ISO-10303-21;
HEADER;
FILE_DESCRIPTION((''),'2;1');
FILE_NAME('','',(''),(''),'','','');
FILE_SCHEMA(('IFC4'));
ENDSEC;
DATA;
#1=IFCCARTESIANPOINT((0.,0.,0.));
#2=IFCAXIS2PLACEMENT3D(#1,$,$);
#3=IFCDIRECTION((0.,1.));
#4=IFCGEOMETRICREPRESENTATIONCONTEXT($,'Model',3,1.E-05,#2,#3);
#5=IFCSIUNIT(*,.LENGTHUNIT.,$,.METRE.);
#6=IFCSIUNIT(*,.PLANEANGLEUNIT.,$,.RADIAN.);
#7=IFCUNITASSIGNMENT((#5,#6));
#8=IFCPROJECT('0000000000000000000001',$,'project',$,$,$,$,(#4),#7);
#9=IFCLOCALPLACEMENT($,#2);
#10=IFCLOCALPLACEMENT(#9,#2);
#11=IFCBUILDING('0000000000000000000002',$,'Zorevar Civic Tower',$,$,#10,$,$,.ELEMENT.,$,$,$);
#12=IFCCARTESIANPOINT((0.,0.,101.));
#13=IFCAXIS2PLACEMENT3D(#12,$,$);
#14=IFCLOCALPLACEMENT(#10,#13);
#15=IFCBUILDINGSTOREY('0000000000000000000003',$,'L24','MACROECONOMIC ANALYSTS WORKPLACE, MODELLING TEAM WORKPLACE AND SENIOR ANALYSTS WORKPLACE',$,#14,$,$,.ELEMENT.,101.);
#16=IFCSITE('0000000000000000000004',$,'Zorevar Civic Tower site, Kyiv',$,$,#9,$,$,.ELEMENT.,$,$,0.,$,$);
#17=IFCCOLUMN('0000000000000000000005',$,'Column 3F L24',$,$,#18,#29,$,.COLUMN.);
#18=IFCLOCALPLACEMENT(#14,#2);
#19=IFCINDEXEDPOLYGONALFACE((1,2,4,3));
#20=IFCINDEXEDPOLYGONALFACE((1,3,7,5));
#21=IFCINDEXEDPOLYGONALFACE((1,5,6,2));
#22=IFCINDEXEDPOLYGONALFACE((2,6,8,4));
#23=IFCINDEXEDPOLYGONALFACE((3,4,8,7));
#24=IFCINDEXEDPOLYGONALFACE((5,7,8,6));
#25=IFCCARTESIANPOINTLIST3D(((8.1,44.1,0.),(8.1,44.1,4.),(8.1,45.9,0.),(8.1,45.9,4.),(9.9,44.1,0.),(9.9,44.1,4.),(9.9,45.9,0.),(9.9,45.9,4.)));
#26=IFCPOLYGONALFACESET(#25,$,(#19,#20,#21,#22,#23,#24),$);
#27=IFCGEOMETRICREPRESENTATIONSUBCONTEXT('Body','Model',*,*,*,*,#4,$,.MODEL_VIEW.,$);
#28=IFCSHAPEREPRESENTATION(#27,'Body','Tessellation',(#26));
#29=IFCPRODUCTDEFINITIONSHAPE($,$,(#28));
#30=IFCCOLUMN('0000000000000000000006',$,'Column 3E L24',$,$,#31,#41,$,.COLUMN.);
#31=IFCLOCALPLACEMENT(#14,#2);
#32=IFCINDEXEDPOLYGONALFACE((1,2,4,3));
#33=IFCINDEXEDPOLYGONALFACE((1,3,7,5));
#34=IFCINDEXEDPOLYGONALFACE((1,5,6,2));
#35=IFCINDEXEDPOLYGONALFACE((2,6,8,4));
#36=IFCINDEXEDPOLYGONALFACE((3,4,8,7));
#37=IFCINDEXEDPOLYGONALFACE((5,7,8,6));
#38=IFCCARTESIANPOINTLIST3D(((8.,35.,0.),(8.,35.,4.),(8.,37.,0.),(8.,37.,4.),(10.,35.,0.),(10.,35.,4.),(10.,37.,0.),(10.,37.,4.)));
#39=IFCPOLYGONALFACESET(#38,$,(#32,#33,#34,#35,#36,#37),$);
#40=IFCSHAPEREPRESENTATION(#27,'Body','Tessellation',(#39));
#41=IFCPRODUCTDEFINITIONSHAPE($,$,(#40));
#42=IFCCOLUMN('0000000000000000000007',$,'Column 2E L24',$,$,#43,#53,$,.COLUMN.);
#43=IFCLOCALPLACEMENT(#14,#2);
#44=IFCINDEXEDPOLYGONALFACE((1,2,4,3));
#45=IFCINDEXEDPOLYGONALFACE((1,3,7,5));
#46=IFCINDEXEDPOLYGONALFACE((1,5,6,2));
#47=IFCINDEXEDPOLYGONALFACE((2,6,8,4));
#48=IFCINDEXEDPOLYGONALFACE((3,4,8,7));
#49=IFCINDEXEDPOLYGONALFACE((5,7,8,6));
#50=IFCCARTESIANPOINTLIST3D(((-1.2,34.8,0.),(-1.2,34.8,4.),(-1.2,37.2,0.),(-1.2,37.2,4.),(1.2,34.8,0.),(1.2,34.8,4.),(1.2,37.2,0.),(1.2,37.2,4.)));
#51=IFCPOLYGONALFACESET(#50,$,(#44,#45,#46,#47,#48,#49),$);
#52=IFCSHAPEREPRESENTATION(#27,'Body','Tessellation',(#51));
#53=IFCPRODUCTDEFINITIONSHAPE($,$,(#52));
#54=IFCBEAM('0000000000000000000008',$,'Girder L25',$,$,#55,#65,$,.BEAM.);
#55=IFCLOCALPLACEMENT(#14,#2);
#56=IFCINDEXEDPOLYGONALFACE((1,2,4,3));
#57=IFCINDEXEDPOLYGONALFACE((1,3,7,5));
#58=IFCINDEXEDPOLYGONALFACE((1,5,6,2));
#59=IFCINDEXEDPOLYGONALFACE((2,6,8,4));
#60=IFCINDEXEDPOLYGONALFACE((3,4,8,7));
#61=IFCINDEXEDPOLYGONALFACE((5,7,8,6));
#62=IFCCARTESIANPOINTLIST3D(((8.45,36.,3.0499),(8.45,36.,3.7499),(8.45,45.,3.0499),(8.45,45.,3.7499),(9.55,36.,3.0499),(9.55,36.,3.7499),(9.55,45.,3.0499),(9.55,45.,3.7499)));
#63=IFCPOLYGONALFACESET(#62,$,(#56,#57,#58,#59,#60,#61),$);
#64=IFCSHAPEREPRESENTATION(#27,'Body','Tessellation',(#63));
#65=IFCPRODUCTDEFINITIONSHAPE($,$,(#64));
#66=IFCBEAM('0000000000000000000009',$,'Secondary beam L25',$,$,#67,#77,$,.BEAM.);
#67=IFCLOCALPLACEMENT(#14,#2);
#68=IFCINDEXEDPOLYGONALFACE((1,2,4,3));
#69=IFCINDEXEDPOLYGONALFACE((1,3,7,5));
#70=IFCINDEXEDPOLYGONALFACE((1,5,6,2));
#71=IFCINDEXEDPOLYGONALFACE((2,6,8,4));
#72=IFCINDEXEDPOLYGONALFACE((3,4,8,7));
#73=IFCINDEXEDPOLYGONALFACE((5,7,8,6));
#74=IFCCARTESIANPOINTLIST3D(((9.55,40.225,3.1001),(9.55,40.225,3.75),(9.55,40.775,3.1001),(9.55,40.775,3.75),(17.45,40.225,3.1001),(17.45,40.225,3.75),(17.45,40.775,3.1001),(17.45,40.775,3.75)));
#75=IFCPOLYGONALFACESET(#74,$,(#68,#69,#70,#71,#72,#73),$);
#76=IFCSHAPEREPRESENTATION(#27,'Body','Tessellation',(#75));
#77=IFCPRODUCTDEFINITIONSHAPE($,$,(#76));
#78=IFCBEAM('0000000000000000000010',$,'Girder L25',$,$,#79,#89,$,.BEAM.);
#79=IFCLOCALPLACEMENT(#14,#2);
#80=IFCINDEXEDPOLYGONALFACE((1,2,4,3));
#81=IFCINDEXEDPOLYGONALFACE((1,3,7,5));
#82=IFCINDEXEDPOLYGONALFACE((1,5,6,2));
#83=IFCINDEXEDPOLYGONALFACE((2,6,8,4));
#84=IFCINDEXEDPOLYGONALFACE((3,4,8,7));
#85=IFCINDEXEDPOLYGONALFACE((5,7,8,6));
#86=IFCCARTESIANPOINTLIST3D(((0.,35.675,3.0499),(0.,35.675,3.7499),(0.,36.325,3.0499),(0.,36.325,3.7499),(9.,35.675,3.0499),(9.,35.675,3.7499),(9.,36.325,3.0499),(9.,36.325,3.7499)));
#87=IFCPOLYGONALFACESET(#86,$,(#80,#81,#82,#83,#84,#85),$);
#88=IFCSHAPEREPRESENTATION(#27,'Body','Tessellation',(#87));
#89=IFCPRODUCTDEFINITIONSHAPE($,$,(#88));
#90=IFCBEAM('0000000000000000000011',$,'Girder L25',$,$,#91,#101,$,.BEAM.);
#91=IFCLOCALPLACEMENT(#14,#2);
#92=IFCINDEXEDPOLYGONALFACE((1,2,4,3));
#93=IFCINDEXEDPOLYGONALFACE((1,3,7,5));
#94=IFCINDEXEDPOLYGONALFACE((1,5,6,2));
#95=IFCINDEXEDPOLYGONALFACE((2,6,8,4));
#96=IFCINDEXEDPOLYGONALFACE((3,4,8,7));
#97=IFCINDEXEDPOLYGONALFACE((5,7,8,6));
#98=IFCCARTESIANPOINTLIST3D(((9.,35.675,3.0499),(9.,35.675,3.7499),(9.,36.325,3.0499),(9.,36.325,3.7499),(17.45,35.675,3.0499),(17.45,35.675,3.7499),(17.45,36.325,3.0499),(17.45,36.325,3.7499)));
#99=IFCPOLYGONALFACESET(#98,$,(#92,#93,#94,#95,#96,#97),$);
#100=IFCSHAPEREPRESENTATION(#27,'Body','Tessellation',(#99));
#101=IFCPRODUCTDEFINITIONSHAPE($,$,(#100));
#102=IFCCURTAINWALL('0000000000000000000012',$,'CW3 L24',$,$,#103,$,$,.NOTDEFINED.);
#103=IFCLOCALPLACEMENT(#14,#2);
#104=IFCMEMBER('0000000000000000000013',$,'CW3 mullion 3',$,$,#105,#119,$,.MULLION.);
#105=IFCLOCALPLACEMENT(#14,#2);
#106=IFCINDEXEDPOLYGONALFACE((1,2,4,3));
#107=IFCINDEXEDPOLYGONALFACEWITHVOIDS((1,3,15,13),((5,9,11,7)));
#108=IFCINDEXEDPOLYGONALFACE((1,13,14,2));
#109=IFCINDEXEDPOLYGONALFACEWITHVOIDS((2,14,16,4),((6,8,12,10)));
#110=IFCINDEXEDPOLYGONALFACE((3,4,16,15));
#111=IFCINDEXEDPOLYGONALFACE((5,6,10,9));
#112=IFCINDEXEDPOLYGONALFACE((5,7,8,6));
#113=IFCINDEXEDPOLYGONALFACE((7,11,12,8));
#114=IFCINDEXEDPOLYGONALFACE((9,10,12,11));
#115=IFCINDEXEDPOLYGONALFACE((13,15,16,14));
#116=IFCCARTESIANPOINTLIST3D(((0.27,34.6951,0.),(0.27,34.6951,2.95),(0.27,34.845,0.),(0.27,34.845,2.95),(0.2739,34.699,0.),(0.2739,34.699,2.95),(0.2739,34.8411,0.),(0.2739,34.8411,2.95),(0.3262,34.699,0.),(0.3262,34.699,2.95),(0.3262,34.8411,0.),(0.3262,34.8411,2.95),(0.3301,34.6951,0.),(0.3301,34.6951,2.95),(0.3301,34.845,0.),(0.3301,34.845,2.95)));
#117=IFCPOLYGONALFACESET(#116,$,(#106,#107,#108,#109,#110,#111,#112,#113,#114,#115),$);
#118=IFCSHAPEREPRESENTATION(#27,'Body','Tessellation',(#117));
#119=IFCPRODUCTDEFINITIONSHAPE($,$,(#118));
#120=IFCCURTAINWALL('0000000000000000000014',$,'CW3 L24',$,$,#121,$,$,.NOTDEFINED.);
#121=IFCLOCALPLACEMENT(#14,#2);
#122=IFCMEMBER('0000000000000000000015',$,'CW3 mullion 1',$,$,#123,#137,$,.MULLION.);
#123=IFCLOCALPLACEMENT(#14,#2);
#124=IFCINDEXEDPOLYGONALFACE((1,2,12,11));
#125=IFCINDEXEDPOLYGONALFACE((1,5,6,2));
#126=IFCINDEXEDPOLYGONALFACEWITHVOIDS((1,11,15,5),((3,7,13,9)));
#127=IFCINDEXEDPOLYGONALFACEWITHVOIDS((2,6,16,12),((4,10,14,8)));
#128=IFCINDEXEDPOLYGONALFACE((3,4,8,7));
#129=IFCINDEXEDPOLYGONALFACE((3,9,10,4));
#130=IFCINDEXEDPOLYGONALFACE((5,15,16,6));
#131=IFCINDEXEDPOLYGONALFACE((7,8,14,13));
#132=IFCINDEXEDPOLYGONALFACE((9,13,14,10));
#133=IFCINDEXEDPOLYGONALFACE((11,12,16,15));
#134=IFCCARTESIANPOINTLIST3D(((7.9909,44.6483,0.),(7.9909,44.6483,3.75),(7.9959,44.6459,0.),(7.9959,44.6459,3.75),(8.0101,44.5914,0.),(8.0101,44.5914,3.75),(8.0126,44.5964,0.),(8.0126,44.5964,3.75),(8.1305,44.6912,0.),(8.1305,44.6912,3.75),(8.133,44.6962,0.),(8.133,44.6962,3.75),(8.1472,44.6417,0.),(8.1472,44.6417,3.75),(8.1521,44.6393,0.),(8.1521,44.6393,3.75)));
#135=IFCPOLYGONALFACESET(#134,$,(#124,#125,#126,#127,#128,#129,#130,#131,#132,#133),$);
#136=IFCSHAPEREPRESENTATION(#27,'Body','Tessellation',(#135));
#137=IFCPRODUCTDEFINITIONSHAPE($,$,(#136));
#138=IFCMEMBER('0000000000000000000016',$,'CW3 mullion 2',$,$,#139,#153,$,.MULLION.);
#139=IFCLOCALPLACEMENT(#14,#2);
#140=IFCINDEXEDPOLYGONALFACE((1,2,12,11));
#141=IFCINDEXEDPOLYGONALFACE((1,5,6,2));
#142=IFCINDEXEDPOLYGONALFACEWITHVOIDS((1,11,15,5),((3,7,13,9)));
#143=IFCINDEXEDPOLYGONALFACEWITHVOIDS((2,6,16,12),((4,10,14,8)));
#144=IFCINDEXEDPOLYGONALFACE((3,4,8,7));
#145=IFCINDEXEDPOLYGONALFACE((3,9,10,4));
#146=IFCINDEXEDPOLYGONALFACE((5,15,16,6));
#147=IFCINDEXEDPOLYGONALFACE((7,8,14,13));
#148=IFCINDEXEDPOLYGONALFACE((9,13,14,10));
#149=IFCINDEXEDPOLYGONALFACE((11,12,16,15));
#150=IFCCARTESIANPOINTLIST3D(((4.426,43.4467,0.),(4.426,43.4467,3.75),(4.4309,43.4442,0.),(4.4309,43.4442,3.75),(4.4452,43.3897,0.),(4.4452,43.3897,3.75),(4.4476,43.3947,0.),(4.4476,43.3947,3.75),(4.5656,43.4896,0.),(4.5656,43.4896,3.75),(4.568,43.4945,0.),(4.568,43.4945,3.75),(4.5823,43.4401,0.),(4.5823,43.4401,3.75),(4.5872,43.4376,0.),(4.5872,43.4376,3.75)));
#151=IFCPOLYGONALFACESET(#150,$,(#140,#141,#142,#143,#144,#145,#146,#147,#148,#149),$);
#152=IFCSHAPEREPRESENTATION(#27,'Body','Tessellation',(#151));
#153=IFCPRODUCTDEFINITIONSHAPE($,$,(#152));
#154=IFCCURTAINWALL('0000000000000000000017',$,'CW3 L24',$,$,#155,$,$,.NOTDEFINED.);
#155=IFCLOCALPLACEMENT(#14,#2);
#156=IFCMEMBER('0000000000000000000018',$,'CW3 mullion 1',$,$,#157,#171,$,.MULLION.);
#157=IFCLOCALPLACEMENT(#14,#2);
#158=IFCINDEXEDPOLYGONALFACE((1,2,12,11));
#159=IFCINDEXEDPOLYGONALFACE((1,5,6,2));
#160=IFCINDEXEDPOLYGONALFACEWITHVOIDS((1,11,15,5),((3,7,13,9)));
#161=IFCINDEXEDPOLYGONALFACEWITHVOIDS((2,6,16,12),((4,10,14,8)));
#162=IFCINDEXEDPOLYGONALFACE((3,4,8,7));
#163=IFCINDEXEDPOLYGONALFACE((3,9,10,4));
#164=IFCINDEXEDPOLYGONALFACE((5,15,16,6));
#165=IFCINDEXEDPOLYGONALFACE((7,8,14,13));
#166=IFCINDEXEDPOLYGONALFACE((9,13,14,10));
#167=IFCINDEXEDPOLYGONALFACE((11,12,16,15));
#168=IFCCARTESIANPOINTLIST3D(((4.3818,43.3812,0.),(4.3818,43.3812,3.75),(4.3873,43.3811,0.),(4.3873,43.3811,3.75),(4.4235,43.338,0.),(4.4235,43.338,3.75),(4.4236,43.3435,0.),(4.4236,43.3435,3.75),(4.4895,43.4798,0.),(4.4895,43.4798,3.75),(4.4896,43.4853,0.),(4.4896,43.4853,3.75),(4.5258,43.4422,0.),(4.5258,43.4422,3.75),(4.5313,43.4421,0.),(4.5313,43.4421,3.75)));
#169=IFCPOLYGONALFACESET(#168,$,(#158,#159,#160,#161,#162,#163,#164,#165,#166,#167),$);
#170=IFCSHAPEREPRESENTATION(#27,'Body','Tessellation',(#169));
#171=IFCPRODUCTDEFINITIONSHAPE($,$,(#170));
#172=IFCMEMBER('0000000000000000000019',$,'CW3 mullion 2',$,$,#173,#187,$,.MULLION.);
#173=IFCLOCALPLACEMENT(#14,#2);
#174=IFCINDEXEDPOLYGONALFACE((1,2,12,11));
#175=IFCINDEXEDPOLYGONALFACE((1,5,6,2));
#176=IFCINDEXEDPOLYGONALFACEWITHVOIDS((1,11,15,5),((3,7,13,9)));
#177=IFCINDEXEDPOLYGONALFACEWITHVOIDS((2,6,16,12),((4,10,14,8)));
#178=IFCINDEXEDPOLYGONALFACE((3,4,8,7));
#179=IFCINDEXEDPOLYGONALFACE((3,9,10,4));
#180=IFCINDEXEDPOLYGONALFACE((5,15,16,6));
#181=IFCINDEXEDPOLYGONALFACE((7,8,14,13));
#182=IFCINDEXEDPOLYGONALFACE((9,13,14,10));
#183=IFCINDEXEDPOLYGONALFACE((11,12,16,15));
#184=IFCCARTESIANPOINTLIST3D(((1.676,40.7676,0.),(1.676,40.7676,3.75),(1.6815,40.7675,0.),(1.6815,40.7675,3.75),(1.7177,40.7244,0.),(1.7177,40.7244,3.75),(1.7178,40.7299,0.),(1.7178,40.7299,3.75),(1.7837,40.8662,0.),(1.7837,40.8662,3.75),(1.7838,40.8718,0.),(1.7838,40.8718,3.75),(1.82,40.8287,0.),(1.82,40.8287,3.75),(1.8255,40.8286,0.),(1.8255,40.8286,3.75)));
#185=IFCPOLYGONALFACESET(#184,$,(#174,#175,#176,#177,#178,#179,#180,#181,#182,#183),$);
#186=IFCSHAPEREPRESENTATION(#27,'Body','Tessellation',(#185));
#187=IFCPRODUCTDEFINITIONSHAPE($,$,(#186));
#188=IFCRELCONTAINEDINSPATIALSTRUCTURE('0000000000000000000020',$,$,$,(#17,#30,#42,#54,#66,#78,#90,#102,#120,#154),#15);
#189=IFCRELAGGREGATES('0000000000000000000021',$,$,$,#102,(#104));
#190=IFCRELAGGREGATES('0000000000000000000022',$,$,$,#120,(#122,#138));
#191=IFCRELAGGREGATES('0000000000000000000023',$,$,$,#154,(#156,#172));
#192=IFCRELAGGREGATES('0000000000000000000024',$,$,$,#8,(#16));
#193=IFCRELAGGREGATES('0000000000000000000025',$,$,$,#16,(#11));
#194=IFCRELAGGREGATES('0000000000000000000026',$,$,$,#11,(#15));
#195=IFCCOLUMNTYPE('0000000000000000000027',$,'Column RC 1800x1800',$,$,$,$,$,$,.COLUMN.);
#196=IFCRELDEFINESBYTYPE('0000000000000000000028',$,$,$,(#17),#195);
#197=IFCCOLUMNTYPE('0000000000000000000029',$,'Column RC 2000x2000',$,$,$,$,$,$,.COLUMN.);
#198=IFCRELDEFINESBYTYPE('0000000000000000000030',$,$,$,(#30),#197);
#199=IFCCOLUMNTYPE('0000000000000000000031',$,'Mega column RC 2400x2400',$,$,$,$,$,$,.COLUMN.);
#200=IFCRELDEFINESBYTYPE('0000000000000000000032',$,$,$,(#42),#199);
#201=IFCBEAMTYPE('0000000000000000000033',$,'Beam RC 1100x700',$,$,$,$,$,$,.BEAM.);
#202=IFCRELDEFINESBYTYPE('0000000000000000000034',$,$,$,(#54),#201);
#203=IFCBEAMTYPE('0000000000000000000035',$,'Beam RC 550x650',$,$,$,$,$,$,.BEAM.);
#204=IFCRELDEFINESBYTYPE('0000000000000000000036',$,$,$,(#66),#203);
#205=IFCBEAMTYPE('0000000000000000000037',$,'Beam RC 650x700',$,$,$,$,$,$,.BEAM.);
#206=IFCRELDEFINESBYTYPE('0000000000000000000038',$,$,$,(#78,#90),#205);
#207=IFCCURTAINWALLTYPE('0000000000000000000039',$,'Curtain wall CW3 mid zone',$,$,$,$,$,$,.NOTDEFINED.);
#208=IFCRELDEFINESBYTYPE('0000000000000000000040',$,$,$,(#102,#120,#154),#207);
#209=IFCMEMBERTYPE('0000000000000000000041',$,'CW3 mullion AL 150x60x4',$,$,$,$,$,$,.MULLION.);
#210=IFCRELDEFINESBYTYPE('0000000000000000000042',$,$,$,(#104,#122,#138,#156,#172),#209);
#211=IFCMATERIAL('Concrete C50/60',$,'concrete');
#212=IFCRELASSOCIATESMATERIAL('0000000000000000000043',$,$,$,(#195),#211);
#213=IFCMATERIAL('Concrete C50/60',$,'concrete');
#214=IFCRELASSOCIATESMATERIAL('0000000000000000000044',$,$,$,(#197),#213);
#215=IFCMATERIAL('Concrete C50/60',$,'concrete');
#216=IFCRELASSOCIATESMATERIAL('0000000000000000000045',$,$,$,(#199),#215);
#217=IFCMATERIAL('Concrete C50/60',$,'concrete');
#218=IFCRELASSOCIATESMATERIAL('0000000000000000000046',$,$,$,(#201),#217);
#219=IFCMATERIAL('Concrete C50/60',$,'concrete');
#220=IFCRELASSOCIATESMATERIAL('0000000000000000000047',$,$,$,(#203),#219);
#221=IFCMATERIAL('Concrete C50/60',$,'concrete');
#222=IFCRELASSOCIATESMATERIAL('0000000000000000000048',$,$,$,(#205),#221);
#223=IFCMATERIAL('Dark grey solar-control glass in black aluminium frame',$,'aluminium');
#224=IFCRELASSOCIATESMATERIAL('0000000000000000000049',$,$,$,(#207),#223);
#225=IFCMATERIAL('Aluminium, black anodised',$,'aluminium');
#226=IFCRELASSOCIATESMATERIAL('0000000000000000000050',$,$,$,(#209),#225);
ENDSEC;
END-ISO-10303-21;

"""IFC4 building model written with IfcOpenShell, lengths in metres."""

from ifc_helpers import new_model, si_unit, direction, frame, origin, origin_2d, place, context, subcontext, project, spatial, rectangle, hollow_rectangle, extrude, material, material_profile, profile_set, type_object, element, aggregate, save


model = new_model("IFC4")

# Units and contexts
model_context = context("Model", 3, precision=1e-05, world=origin(), true_north=direction((0.0, 1.0)))
body_context = subcontext(model_context, "Body", "Model", "MODEL_VIEW")
ifc_project = project(units=[si_unit("LENGTHUNIT", "METRE"), si_unit("PLANEANGLEUNIT", "RADIAN")], contexts=[model_context])

# Site, building, storey
site_placement = place(None, origin())
site = spatial("IfcSite", under=ifc_project, at=site_placement, Name="Zorevar Civic Tower site, Kyiv", CompositionType="ELEMENT", RefElevation=0.0)
building_placement = place(site_placement, origin())
building = spatial("IfcBuilding", under=site, at=building_placement, Name="Zorevar Civic Tower", CompositionType="ELEMENT")
storey_placement = place(building_placement, frame((0.0, 0.0, 101.0)))
storey = spatial("IfcBuildingStorey", under=building, at=storey_placement, Name="L24", Description="MACROECONOMIC ANALYSTS WORKPLACE, MODELLING TEAM WORKPLACE AND SENIOR ANALYSTS WORKPLACE", CompositionType="ELEMENT", Elevation=101.0)

# Columns
ifc_material_1 = material(Name="Concrete C50/60", Category="concrete")
ifc_material_profile_1 = material_profile(ifc_material_1, rectangle(XDim=1.8, YDim=1.8, at=origin_2d()), Name="RC 1800x1800")
ifc_profile_set_1 = profile_set([ifc_material_profile_1], Name="Concrete C50/60")
column_type_1 = type_object("IfcColumnType", Name="Column RC 1800x1800", PredefinedType="COLUMN", material=ifc_profile_set_1)
column_1_placement = place(storey_placement, frame((9.0, 45.0, 0.0), z_axis=(0.0, 0.0, 1.0), x_axis=(1.0, 0.0, 0.0)))
element("IfcColumn", 1, at=column_1_placement, inside=storey, type_object=column_type_1, Name="Column 3F L24", PredefinedType="COLUMN", context=body_context, shape_type="SweptSolid", body=[
    extrude(rectangle(XDim=1.8, YDim=1.8, at=origin_2d()), origin(), (0.0, 0.0, 1.0), 4.0),
])
ifc_material_2 = material(Name="Concrete C50/60", Category="concrete")
ifc_material_profile_2 = material_profile(ifc_material_2, rectangle(XDim=2.0, YDim=2.0, at=origin_2d()), Name="RC 2000x2000")
ifc_profile_set_2 = profile_set([ifc_material_profile_2], Name="Concrete C50/60")
column_type_2 = type_object("IfcColumnType", Name="Column RC 2000x2000", PredefinedType="COLUMN", material=ifc_profile_set_2)
column_2_placement = place(storey_placement, frame((9.0, 36.0, 0.0), z_axis=(0.0, 0.0, 1.0), x_axis=(1.0, 0.0, 0.0)))
element("IfcColumn", 2, at=column_2_placement, inside=storey, type_object=column_type_2, Name="Column 3E L24", PredefinedType="COLUMN", context=body_context, shape_type="SweptSolid", body=[
    extrude(rectangle(XDim=2.0, YDim=2.0, at=origin_2d()), origin(), (0.0, 0.0, 1.0), 4.0),
])
ifc_material_3 = material(Name="Concrete C50/60", Category="concrete")
ifc_material_profile_3 = material_profile(ifc_material_3, rectangle(XDim=2.3999, YDim=2.3999, at=origin_2d()), Name="RC 2400x2400")
ifc_profile_set_3 = profile_set([ifc_material_profile_3], Name="Concrete C50/60")
column_type_3 = type_object("IfcColumnType", Name="Mega column RC 2400x2400", PredefinedType="COLUMN", material=ifc_profile_set_3)
column_3_placement = place(storey_placement, frame((0.0, 36.0, 0.0), z_axis=(0.0, 0.0, 1.0), x_axis=(1.0, 0.0, 0.0)))
element("IfcColumn", 3, at=column_3_placement, inside=storey, type_object=column_type_3, Name="Column 2E L24", PredefinedType="COLUMN", context=body_context, shape_type="SweptSolid", body=[
    extrude(rectangle(XDim=2.3999, YDim=2.3999, at=origin_2d()), origin(), (0.0, 0.0, 1.0), 4.0),
])

# Beams
ifc_material_4 = material(Name="Concrete C50/60", Category="concrete")
ifc_material_profile_4 = material_profile(ifc_material_4, rectangle(XDim=1.1001, YDim=0.7, at=origin_2d()), Name="RC 1100x700")
ifc_profile_set_4 = profile_set([ifc_material_profile_4], Name="Concrete C50/60")
beam_type_1 = type_object("IfcBeamType", Name="Beam RC 1100x700", PredefinedType="BEAM", material=ifc_profile_set_4)
beam_1_placement = place(storey_placement, frame((9.0, 36.0, 3.3999), z_axis=(0.0, 1.0, 0.0), x_axis=(-1.0, 0.0, 0.0)))
element("IfcBeam", 4, at=beam_1_placement, inside=storey, type_object=beam_type_1, Name="Girder L25", PredefinedType="BEAM", context=body_context, shape_type="SweptSolid", body=[
    extrude(rectangle(XDim=1.1001, YDim=0.7, at=origin_2d()), origin(), (0.0, 0.0, 1.0), 9.0),
])
ifc_material_5 = material(Name="Concrete C50/60", Category="concrete")
ifc_material_profile_5 = material_profile(ifc_material_5, rectangle(XDim=0.55, YDim=0.6499, at=origin_2d()), Name="RC 550x650")
ifc_profile_set_5 = profile_set([ifc_material_profile_5], Name="Concrete C50/60")
beam_type_2 = type_object("IfcBeamType", Name="Beam RC 550x650", PredefinedType="BEAM", material=ifc_profile_set_5)
beam_2_placement = place(storey_placement, frame((9.55, 40.5, 3.425), z_axis=(1.0, 0.0, 0.0), x_axis=(0.0, 1.0, 0.0)))
element("IfcBeam", 5, at=beam_2_placement, inside=storey, type_object=beam_type_2, Name="Secondary beam L25", PredefinedType="BEAM", context=body_context, shape_type="SweptSolid", body=[
    extrude(rectangle(XDim=0.55, YDim=0.6499, at=origin_2d()), origin(), (0.0, 0.0, 1.0), 7.8999),
])
ifc_material_6 = material(Name="Concrete C50/60", Category="concrete")
ifc_material_profile_6 = material_profile(ifc_material_6, rectangle(XDim=0.6499, YDim=0.7, at=origin_2d()), Name="RC 650x700")
ifc_profile_set_6 = profile_set([ifc_material_profile_6], Name="Concrete C50/60")
beam_type_3 = type_object("IfcBeamType", Name="Beam RC 650x700", PredefinedType="BEAM", material=ifc_profile_set_6)
beam_3_placement = place(storey_placement, frame((0.0, 36.0, 3.3999), z_axis=(1.0, 0.0, 0.0), x_axis=(0.0, 1.0, 0.0)))
element("IfcBeam", 6, at=beam_3_placement, inside=storey, type_object=beam_type_3, Name="Girder L25", PredefinedType="BEAM", context=body_context, shape_type="SweptSolid", body=[
    extrude(rectangle(XDim=0.6499, YDim=0.7, at=origin_2d()), origin(), (0.0, 0.0, 1.0), 9.0),
])
beam_4_placement = place(storey_placement, frame((9.0, 36.0, 3.3999), z_axis=(1.0, 0.0, 0.0), x_axis=(0.0, 1.0, 0.0)))
element("IfcBeam", 7, at=beam_4_placement, inside=storey, type_object=beam_type_3, Name="Girder L25", PredefinedType="BEAM", context=body_context, shape_type="SweptSolid", body=[
    extrude(rectangle(XDim=0.6499, YDim=0.7, at=origin_2d()), origin(), (0.0, 0.0, 1.0), 8.45),
])

# Curtain wall, member
ifc_material_7 = material(Name="Dark grey solar-control glass in black aluminium frame", Category="aluminium")
curtain_wall_type = type_object("IfcCurtainWallType", Name="Curtain wall CW3 mid zone", PredefinedType="NOTDEFINED", material=ifc_material_7)
curtain_wall_1_placement = place(storey_placement, origin())
curtain_wall_1 = element("IfcCurtainWall", 8, at=curtain_wall_1_placement, inside=storey, type_object=curtain_wall_type, Name="CW3 L24", PredefinedType="NOTDEFINED")
ifc_material_8 = material(Name="Aluminium, black anodised", Category="aluminium")
ifc_material_profile_7 = material_profile(ifc_material_8, hollow_rectangle(XDim=0.0601, YDim=0.1499, WallThickness=0.0039, at=origin_2d()), Name="AL 150x60x4")
ifc_profile_set_7 = profile_set([ifc_material_profile_7], Name="Aluminium, black anodised")
member_type_1 = type_object("IfcMemberType", Name="CW3 mullion AL 150x60x4", PredefinedType="MULLION", material=ifc_profile_set_7)
member_1_placement = place(storey_placement, frame((0.3, 34.77, 0.0), z_axis=(0.0, 0.0, 1.0), x_axis=(-1.0, 0.0, 0.0)))
member_1 = element("IfcMember", 9, at=member_1_placement, type_object=member_type_1, Name="CW3 mullion 3", PredefinedType="MULLION", context=body_context, shape_type="SweptSolid", body=[
    extrude(hollow_rectangle(XDim=0.0601, YDim=0.1499, WallThickness=0.0039, at=origin_2d()), origin(), (0.0, 0.0, 1.0), 2.95),
])

# Curtain walls, members
curtain_wall_2_placement = place(storey_placement, origin())
curtain_wall_2 = element("IfcCurtainWall", 10, at=curtain_wall_2_placement, inside=storey, type_object=curtain_wall_type, Name="CW3 L24", PredefinedType="NOTDEFINED")
member_2_placement = place(storey_placement, frame((8.0715, 44.6438, 0.0), z_axis=(0.0, 0.0, 1.0), x_axis=(0.319413, -0.947616, 0.0)))
member_2 = element("IfcMember", 11, at=member_2_placement, type_object=member_type_1, Name="CW3 mullion 1", PredefinedType="MULLION", context=body_context, shape_type="SweptSolid", body=[
    extrude(hollow_rectangle(XDim=0.0601, YDim=0.1499, WallThickness=0.0039, at=origin_2d()), origin(), (0.0, 0.0, 1.0), 3.75),
])
member_3_placement = place(storey_placement, frame((4.5066, 43.4421, 0.0), z_axis=(0.0, 0.0, 1.0), x_axis=(0.319413, -0.947616, 0.0)))
member_3 = element("IfcMember", 12, at=member_3_placement, type_object=member_type_1, Name="CW3 mullion 2", PredefinedType="MULLION", context=body_context, shape_type="SweptSolid", body=[
    extrude(hollow_rectangle(XDim=0.0601, YDim=0.1499, WallThickness=0.0039, at=origin_2d()), origin(), (0.0, 0.0, 1.0), 3.75),
])
curtain_wall_3_placement = place(storey_placement, origin())
curtain_wall_3 = element("IfcCurtainWall", 13, at=curtain_wall_3_placement, inside=storey, type_object=curtain_wall_type, Name="CW3 L24", PredefinedType="NOTDEFINED")
member_4_placement = place(storey_placement, frame((4.4565, 43.4116, 0.0), z_axis=(0.0, 0.0, 1.0), x_axis=(0.694719, -0.719281, 0.0)))
member_4 = element("IfcMember", 14, at=member_4_placement, type_object=member_type_1, Name="CW3 mullion 1", PredefinedType="MULLION", context=body_context, shape_type="SweptSolid", body=[
    extrude(hollow_rectangle(XDim=0.0601, YDim=0.1499, WallThickness=0.0039, at=origin_2d()), origin(), (0.0, 0.0, 1.0), 3.75),
])
member_5_placement = place(storey_placement, frame((1.7507, 40.7981, 0.0), z_axis=(0.0, 0.0, 1.0), x_axis=(0.694719, -0.719281, 0.0)))
member_5 = element("IfcMember", 15, at=member_5_placement, type_object=member_type_1, Name="CW3 mullion 2", PredefinedType="MULLION", context=body_context, shape_type="SweptSolid", body=[
    extrude(hollow_rectangle(XDim=0.0601, YDim=0.1499, WallThickness=0.0039, at=origin_2d()), origin(), (0.0, 0.0, 1.0), 3.75),
])

aggregate(curtain_wall_1, [member_1])
aggregate(curtain_wall_2, [member_2, member_3])
aggregate(curtain_wall_3, [member_4, member_5])

save(model, "model.ifc")
